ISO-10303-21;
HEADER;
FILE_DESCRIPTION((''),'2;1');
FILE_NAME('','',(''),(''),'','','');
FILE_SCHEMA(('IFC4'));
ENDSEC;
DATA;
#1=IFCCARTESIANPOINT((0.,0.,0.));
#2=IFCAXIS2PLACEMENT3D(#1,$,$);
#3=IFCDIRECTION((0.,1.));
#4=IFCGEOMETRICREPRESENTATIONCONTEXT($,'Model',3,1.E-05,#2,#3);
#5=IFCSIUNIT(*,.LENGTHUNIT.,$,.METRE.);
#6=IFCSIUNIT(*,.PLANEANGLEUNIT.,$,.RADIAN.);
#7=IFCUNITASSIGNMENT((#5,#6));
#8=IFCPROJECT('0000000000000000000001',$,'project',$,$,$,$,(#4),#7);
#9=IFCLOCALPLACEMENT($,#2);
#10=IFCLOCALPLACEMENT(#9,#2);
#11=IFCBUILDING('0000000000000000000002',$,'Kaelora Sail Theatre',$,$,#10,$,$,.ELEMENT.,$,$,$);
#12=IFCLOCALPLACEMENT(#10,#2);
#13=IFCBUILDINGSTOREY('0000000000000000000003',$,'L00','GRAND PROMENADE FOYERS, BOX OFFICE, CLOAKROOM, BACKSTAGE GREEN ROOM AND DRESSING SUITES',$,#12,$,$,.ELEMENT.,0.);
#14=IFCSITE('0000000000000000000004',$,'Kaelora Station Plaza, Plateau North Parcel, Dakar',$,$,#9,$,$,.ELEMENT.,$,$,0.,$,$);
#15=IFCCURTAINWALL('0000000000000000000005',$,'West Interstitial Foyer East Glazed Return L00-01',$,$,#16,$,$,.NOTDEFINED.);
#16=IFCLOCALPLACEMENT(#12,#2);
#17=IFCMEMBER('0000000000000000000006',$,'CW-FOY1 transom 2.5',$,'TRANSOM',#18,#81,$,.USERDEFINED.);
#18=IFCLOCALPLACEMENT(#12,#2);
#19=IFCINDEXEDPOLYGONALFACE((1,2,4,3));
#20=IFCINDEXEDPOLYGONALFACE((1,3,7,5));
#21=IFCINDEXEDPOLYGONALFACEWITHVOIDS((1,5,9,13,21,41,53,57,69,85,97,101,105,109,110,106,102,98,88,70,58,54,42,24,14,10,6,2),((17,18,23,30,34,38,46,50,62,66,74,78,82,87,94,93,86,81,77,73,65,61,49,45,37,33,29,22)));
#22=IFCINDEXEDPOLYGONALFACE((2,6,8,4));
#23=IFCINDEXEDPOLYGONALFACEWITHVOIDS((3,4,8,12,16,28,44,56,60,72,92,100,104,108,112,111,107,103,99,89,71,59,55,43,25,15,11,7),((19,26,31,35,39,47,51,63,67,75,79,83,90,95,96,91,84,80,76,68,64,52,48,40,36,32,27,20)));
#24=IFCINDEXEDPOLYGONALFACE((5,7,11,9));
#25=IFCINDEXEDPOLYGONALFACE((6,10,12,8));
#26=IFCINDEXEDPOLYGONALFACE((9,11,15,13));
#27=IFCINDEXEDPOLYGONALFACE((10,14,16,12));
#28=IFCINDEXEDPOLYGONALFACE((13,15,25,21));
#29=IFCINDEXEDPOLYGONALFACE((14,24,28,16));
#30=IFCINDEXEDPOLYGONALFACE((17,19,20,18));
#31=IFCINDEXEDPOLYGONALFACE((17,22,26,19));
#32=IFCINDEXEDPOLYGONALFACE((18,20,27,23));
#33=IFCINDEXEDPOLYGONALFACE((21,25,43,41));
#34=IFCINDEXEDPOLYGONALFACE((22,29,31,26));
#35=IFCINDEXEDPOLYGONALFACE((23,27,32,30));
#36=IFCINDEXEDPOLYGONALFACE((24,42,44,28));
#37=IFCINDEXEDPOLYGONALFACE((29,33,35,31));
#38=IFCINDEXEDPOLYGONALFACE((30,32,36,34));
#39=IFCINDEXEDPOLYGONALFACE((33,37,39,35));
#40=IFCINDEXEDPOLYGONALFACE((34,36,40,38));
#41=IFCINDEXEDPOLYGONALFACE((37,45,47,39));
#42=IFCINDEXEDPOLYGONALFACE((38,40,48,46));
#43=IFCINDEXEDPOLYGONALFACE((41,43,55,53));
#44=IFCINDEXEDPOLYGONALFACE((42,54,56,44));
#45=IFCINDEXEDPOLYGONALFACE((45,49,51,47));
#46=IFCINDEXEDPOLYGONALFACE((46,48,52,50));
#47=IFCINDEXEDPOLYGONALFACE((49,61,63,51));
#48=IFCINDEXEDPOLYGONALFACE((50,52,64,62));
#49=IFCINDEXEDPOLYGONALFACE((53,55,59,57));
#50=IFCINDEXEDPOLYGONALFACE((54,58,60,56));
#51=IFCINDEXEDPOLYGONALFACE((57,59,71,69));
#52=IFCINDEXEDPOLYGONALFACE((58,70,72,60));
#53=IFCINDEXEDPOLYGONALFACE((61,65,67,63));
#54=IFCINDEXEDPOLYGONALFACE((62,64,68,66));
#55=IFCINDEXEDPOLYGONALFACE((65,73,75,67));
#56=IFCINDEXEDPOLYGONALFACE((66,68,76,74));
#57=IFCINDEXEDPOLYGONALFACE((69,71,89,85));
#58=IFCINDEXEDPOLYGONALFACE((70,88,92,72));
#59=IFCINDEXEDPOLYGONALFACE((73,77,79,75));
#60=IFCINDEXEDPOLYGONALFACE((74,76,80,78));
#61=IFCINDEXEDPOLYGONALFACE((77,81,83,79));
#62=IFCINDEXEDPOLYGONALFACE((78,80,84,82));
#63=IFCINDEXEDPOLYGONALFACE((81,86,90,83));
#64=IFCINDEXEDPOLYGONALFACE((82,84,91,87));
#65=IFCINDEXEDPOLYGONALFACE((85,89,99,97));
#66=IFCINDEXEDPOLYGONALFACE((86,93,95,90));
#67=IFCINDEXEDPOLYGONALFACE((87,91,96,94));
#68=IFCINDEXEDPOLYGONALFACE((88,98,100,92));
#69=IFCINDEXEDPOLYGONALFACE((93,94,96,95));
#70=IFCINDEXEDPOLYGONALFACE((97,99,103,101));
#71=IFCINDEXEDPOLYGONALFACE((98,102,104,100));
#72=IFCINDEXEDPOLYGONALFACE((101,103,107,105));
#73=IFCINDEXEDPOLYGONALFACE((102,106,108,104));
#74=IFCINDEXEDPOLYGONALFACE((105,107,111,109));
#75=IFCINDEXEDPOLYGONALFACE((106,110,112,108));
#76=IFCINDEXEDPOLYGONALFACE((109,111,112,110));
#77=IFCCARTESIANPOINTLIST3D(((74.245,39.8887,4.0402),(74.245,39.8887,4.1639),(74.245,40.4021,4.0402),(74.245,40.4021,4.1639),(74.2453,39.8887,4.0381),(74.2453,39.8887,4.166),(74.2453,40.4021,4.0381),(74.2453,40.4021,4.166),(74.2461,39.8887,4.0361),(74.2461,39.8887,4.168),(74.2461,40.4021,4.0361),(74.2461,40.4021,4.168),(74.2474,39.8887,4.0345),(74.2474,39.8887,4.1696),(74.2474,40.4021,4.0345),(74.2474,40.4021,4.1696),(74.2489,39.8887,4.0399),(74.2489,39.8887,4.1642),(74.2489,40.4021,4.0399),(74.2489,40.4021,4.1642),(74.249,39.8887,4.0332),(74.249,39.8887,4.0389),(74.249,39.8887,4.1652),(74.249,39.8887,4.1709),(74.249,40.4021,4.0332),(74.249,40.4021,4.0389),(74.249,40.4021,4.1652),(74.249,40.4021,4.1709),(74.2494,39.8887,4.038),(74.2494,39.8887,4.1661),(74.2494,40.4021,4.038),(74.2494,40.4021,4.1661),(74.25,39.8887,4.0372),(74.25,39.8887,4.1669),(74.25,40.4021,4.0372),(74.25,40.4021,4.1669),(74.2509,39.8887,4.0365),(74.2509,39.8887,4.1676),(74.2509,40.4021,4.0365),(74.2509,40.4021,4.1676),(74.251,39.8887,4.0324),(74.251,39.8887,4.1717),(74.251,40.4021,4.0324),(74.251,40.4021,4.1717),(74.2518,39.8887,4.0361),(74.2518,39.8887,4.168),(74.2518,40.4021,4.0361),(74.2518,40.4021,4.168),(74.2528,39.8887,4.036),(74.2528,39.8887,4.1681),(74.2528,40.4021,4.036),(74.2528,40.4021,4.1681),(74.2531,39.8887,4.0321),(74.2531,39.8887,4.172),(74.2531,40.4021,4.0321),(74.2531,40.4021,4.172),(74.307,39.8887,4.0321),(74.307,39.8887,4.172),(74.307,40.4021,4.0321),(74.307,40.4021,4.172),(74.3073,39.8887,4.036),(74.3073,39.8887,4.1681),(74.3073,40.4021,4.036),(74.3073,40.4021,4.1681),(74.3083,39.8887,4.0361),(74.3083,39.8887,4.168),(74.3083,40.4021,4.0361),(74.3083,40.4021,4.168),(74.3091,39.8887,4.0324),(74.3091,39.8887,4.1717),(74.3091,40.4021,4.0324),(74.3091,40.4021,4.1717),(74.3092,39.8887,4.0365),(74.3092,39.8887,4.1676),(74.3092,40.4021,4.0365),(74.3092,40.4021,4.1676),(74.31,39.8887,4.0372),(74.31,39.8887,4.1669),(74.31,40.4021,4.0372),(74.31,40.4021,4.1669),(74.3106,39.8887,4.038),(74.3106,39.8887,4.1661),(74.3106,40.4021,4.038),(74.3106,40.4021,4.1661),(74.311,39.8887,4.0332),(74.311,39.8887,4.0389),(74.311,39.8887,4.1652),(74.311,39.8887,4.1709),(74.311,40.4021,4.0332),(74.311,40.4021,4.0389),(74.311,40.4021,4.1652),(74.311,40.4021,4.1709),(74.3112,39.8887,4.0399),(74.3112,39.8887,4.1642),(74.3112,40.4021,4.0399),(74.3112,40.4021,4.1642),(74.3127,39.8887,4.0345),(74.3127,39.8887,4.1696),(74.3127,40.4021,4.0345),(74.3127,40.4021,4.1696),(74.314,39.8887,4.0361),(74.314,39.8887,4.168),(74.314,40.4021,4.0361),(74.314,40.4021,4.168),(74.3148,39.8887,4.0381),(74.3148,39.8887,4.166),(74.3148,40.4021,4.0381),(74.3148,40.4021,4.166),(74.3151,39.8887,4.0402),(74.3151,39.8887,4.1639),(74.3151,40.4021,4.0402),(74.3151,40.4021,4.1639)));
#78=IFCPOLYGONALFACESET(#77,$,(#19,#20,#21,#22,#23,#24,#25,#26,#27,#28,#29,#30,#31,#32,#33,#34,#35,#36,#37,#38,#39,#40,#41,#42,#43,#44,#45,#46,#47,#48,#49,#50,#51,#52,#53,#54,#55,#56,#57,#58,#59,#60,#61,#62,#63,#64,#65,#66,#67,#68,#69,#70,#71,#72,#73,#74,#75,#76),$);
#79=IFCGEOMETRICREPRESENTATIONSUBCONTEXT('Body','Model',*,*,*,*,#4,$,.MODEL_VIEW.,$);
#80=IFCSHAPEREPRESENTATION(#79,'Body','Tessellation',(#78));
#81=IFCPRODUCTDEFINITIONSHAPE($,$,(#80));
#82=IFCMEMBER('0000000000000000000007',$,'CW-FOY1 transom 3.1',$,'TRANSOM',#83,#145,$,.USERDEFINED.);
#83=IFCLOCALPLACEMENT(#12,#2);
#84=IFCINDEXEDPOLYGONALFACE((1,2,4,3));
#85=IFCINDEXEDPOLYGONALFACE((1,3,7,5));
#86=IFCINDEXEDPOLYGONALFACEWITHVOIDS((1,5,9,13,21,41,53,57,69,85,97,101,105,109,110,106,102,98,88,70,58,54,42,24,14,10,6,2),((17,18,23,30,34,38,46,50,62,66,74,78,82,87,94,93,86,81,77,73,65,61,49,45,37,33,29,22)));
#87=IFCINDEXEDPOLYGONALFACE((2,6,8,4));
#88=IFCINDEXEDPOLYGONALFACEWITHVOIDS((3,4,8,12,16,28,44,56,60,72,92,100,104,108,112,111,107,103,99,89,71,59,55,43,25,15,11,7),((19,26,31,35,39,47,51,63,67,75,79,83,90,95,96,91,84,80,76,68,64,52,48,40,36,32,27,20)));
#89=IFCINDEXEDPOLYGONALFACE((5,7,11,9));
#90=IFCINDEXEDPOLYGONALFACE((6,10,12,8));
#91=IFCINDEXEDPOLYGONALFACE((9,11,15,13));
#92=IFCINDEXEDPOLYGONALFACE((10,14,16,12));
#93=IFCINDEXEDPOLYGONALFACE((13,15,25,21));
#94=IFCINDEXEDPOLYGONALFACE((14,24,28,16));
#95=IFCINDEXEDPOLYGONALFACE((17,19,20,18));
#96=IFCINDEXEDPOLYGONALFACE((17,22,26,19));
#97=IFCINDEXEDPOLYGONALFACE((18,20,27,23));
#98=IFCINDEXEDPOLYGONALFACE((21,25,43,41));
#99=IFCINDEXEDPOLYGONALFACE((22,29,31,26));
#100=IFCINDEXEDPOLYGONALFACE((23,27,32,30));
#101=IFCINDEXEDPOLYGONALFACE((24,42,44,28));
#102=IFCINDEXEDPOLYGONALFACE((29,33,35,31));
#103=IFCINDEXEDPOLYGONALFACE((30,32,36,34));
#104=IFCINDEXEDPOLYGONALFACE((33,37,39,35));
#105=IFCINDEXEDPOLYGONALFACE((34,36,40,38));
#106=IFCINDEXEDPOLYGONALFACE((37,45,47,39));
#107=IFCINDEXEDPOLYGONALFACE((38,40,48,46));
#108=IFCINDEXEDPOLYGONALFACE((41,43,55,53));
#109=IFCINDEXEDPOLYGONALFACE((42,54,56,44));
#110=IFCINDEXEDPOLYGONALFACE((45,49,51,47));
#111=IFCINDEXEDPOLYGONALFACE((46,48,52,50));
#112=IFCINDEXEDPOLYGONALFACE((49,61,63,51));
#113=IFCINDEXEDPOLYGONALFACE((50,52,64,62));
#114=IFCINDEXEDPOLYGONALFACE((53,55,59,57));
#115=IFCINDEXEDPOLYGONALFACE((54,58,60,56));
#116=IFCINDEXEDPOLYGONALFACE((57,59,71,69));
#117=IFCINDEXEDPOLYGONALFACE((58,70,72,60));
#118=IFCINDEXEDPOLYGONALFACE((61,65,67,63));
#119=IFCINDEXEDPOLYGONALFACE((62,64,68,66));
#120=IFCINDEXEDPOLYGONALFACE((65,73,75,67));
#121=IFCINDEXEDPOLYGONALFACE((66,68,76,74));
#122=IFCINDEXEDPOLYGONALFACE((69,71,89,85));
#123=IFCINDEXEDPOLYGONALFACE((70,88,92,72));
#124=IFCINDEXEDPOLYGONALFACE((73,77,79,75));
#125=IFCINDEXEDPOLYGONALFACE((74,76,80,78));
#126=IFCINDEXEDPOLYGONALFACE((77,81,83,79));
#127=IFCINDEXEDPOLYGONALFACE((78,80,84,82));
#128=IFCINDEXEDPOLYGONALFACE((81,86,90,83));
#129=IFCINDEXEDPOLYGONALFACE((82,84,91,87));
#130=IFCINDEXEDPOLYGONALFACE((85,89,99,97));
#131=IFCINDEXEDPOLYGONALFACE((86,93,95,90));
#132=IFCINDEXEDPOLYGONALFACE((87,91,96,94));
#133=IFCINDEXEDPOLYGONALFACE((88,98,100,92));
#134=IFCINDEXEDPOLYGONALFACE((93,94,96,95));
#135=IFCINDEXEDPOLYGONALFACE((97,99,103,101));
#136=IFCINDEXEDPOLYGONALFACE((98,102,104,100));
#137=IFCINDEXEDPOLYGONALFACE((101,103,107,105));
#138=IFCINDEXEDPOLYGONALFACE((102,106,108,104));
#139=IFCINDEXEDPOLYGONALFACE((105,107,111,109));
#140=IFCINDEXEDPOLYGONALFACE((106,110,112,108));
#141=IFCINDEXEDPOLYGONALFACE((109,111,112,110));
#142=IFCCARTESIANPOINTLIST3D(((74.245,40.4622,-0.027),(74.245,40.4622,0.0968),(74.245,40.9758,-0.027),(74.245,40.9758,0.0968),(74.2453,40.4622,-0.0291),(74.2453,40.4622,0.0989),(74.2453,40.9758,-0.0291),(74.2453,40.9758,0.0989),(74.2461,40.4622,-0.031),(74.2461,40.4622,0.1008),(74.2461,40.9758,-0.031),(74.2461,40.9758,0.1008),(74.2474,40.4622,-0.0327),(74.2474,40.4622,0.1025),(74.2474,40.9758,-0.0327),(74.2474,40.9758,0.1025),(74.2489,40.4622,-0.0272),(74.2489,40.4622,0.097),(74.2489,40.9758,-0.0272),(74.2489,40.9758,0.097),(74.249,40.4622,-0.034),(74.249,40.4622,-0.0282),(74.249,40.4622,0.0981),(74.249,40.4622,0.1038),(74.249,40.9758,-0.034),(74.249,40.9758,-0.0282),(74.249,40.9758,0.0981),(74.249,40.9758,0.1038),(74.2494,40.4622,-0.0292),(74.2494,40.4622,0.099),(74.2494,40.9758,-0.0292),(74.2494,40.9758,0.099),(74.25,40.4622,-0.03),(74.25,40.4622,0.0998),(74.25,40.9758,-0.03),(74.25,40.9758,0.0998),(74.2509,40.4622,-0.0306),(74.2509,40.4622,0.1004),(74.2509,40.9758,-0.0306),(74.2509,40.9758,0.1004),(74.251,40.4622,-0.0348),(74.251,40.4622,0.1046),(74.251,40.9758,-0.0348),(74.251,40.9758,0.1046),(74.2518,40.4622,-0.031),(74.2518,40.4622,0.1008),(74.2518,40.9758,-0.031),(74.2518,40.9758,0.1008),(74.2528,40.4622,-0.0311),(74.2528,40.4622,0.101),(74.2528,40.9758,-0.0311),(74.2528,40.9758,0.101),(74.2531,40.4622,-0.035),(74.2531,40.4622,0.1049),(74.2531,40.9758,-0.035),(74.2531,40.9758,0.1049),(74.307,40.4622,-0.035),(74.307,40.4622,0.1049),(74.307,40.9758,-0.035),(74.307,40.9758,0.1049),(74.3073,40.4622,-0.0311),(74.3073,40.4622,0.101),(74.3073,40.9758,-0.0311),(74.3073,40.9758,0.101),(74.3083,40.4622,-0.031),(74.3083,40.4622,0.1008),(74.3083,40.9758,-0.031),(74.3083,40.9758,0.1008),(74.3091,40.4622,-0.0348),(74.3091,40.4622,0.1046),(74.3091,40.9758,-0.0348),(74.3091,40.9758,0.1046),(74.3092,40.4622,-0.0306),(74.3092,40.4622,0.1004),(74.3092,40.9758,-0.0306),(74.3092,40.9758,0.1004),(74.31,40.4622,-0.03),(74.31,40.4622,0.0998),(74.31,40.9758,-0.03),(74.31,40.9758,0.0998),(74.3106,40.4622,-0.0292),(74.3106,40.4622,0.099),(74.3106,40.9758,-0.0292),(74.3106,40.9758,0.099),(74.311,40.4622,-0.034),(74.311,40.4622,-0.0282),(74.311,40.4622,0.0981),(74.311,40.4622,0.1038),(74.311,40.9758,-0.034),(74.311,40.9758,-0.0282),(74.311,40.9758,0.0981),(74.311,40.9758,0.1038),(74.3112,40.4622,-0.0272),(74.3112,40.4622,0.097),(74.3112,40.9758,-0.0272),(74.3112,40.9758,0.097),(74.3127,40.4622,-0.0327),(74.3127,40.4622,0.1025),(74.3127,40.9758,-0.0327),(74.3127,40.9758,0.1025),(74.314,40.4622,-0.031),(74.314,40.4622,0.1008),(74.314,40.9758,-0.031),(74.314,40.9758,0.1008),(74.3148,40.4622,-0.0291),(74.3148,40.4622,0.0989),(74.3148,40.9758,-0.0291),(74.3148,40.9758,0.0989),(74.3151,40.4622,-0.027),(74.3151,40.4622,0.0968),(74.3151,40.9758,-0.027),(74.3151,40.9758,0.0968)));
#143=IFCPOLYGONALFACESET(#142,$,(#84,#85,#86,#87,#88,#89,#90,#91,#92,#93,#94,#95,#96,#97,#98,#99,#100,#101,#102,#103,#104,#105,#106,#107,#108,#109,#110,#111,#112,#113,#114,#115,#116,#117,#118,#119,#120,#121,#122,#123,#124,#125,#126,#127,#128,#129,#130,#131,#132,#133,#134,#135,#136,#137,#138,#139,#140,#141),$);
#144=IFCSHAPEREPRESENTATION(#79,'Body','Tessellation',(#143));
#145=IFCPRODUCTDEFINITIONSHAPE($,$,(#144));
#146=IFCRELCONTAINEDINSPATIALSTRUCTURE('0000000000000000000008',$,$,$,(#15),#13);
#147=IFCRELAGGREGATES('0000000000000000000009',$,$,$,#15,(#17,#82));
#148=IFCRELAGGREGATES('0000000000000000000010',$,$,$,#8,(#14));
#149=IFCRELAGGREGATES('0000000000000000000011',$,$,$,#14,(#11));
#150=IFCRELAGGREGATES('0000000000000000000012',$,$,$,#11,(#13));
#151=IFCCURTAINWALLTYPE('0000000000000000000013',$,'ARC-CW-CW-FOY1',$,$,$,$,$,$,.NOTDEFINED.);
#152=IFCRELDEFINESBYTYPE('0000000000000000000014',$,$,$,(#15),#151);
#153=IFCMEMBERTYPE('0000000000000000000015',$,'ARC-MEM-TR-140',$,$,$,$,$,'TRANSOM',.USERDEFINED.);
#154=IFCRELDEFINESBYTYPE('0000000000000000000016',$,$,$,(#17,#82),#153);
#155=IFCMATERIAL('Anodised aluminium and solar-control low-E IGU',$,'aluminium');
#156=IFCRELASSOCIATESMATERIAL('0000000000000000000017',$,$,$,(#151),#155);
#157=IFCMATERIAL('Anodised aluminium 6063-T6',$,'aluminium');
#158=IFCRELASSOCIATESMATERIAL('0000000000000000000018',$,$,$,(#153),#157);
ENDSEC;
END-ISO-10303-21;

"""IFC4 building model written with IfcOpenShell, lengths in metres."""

from ifc_helpers import new_model, si_unit, direction, frame, origin, origin_2d, place, context, subcontext, project, spatial, hollow_rectangle, extrude, material, material_profile, profile_set, type_object, element, aggregate, save


model = new_model("IFC4")

# Units and contexts
model_context = context("Model", 3, precision=1e-05, world=origin(), true_north=direction((0.0, 1.0)))
body_context = subcontext(model_context, "Body", "Model", "MODEL_VIEW")
ifc_project = project(units=[si_unit("LENGTHUNIT", "METRE"), si_unit("PLANEANGLEUNIT", "RADIAN")], contexts=[model_context])

# Site, building, storey
site_placement = place(None, origin())
site = spatial("IfcSite", under=ifc_project, at=site_placement, Name="Kaelora Station Plaza, Plateau North Parcel, Dakar", CompositionType="ELEMENT", RefElevation=0.0)
building_placement = place(site_placement, origin())
building = spatial("IfcBuilding", under=site, at=building_placement, Name="Kaelora Sail Theatre", CompositionType="ELEMENT")
storey_placement = place(building_placement, origin())
storey = spatial("IfcBuildingStorey", under=building, at=storey_placement, Name="L00", Description="GRAND PROMENADE FOYERS, BOX OFFICE, CLOAKROOM, BACKSTAGE GREEN ROOM AND DRESSING SUITES", CompositionType="ELEMENT", Elevation=0.0)

# Curtain wall, members
ifc_material_1 = material(Name="Anodised aluminium and solar-control low-E IGU", Category="aluminium")
curtain_wall_type = type_object("IfcCurtainWallType", Name="ARC-CW-CW-FOY1", PredefinedType="NOTDEFINED", material=ifc_material_1)
curtain_wall_placement = place(storey_placement, origin())
curtain_wall = element("IfcCurtainWall", 1, at=curtain_wall_placement, inside=storey, type_object=curtain_wall_type, Name="West Interstitial Foyer East Glazed Return L00-01", PredefinedType="NOTDEFINED")
ifc_material_2 = material(Name="Anodised aluminium 6063-T6", Category="aluminium")
ifc_material_profile_1 = material_profile(ifc_material_2, hollow_rectangle(XDim=0.0701, YDim=0.1399, WallThickness=0.0039, InnerFilletRadius=0.0039, OuterFilletRadius=0.0081, at=origin_2d()), Name="ALU-TRAN 70x140x4")
ifc_profile_set_1 = profile_set([ifc_material_profile_1], Name="Anodised aluminium 6063-T6")
member_type_1 = type_object("IfcMemberType", Name="ARC-MEM-TR-140", ElementType="TRANSOM", PredefinedType="USERDEFINED", material=ifc_profile_set_1)
member_1_placement = place(storey_placement, frame((74.28, 39.8887, 4.1021), z_axis=(0.0, 1.0, 0.0), x_axis=(-1.0, 0.0, 0.0)))
member_1 = element("IfcMember", 2, at=member_1_placement, type_object=member_type_1, Name="CW-FOY1 transom 2.5", ObjectType="TRANSOM", PredefinedType="USERDEFINED", context=body_context, shape_type="SweptSolid", body=[
    extrude(hollow_rectangle(XDim=0.0701, YDim=0.1399, WallThickness=0.0039, InnerFilletRadius=0.0039, OuterFilletRadius=0.0081, at=origin_2d()), origin(), (0.0, 0.0, 1.0), 0.5134),
])
member_2_placement = place(storey_placement, frame((74.28, 40.4622, 0.0349), z_axis=(0.0, 1.0, 0.0), x_axis=(-1.0, 0.0, 0.0)))
member_2 = element("IfcMember", 3, at=member_2_placement, type_object=member_type_1, Name="CW-FOY1 transom 3.1", ObjectType="TRANSOM", PredefinedType="USERDEFINED", context=body_context, shape_type="SweptSolid", body=[
    extrude(hollow_rectangle(XDim=0.0701, YDim=0.1399, WallThickness=0.0039, InnerFilletRadius=0.0039, OuterFilletRadius=0.0081, at=origin_2d()), origin(), (0.0, 0.0, 1.0), 0.5137),
])

aggregate(curtain_wall, [member_1, member_2])

save(model, "model.ifc")
